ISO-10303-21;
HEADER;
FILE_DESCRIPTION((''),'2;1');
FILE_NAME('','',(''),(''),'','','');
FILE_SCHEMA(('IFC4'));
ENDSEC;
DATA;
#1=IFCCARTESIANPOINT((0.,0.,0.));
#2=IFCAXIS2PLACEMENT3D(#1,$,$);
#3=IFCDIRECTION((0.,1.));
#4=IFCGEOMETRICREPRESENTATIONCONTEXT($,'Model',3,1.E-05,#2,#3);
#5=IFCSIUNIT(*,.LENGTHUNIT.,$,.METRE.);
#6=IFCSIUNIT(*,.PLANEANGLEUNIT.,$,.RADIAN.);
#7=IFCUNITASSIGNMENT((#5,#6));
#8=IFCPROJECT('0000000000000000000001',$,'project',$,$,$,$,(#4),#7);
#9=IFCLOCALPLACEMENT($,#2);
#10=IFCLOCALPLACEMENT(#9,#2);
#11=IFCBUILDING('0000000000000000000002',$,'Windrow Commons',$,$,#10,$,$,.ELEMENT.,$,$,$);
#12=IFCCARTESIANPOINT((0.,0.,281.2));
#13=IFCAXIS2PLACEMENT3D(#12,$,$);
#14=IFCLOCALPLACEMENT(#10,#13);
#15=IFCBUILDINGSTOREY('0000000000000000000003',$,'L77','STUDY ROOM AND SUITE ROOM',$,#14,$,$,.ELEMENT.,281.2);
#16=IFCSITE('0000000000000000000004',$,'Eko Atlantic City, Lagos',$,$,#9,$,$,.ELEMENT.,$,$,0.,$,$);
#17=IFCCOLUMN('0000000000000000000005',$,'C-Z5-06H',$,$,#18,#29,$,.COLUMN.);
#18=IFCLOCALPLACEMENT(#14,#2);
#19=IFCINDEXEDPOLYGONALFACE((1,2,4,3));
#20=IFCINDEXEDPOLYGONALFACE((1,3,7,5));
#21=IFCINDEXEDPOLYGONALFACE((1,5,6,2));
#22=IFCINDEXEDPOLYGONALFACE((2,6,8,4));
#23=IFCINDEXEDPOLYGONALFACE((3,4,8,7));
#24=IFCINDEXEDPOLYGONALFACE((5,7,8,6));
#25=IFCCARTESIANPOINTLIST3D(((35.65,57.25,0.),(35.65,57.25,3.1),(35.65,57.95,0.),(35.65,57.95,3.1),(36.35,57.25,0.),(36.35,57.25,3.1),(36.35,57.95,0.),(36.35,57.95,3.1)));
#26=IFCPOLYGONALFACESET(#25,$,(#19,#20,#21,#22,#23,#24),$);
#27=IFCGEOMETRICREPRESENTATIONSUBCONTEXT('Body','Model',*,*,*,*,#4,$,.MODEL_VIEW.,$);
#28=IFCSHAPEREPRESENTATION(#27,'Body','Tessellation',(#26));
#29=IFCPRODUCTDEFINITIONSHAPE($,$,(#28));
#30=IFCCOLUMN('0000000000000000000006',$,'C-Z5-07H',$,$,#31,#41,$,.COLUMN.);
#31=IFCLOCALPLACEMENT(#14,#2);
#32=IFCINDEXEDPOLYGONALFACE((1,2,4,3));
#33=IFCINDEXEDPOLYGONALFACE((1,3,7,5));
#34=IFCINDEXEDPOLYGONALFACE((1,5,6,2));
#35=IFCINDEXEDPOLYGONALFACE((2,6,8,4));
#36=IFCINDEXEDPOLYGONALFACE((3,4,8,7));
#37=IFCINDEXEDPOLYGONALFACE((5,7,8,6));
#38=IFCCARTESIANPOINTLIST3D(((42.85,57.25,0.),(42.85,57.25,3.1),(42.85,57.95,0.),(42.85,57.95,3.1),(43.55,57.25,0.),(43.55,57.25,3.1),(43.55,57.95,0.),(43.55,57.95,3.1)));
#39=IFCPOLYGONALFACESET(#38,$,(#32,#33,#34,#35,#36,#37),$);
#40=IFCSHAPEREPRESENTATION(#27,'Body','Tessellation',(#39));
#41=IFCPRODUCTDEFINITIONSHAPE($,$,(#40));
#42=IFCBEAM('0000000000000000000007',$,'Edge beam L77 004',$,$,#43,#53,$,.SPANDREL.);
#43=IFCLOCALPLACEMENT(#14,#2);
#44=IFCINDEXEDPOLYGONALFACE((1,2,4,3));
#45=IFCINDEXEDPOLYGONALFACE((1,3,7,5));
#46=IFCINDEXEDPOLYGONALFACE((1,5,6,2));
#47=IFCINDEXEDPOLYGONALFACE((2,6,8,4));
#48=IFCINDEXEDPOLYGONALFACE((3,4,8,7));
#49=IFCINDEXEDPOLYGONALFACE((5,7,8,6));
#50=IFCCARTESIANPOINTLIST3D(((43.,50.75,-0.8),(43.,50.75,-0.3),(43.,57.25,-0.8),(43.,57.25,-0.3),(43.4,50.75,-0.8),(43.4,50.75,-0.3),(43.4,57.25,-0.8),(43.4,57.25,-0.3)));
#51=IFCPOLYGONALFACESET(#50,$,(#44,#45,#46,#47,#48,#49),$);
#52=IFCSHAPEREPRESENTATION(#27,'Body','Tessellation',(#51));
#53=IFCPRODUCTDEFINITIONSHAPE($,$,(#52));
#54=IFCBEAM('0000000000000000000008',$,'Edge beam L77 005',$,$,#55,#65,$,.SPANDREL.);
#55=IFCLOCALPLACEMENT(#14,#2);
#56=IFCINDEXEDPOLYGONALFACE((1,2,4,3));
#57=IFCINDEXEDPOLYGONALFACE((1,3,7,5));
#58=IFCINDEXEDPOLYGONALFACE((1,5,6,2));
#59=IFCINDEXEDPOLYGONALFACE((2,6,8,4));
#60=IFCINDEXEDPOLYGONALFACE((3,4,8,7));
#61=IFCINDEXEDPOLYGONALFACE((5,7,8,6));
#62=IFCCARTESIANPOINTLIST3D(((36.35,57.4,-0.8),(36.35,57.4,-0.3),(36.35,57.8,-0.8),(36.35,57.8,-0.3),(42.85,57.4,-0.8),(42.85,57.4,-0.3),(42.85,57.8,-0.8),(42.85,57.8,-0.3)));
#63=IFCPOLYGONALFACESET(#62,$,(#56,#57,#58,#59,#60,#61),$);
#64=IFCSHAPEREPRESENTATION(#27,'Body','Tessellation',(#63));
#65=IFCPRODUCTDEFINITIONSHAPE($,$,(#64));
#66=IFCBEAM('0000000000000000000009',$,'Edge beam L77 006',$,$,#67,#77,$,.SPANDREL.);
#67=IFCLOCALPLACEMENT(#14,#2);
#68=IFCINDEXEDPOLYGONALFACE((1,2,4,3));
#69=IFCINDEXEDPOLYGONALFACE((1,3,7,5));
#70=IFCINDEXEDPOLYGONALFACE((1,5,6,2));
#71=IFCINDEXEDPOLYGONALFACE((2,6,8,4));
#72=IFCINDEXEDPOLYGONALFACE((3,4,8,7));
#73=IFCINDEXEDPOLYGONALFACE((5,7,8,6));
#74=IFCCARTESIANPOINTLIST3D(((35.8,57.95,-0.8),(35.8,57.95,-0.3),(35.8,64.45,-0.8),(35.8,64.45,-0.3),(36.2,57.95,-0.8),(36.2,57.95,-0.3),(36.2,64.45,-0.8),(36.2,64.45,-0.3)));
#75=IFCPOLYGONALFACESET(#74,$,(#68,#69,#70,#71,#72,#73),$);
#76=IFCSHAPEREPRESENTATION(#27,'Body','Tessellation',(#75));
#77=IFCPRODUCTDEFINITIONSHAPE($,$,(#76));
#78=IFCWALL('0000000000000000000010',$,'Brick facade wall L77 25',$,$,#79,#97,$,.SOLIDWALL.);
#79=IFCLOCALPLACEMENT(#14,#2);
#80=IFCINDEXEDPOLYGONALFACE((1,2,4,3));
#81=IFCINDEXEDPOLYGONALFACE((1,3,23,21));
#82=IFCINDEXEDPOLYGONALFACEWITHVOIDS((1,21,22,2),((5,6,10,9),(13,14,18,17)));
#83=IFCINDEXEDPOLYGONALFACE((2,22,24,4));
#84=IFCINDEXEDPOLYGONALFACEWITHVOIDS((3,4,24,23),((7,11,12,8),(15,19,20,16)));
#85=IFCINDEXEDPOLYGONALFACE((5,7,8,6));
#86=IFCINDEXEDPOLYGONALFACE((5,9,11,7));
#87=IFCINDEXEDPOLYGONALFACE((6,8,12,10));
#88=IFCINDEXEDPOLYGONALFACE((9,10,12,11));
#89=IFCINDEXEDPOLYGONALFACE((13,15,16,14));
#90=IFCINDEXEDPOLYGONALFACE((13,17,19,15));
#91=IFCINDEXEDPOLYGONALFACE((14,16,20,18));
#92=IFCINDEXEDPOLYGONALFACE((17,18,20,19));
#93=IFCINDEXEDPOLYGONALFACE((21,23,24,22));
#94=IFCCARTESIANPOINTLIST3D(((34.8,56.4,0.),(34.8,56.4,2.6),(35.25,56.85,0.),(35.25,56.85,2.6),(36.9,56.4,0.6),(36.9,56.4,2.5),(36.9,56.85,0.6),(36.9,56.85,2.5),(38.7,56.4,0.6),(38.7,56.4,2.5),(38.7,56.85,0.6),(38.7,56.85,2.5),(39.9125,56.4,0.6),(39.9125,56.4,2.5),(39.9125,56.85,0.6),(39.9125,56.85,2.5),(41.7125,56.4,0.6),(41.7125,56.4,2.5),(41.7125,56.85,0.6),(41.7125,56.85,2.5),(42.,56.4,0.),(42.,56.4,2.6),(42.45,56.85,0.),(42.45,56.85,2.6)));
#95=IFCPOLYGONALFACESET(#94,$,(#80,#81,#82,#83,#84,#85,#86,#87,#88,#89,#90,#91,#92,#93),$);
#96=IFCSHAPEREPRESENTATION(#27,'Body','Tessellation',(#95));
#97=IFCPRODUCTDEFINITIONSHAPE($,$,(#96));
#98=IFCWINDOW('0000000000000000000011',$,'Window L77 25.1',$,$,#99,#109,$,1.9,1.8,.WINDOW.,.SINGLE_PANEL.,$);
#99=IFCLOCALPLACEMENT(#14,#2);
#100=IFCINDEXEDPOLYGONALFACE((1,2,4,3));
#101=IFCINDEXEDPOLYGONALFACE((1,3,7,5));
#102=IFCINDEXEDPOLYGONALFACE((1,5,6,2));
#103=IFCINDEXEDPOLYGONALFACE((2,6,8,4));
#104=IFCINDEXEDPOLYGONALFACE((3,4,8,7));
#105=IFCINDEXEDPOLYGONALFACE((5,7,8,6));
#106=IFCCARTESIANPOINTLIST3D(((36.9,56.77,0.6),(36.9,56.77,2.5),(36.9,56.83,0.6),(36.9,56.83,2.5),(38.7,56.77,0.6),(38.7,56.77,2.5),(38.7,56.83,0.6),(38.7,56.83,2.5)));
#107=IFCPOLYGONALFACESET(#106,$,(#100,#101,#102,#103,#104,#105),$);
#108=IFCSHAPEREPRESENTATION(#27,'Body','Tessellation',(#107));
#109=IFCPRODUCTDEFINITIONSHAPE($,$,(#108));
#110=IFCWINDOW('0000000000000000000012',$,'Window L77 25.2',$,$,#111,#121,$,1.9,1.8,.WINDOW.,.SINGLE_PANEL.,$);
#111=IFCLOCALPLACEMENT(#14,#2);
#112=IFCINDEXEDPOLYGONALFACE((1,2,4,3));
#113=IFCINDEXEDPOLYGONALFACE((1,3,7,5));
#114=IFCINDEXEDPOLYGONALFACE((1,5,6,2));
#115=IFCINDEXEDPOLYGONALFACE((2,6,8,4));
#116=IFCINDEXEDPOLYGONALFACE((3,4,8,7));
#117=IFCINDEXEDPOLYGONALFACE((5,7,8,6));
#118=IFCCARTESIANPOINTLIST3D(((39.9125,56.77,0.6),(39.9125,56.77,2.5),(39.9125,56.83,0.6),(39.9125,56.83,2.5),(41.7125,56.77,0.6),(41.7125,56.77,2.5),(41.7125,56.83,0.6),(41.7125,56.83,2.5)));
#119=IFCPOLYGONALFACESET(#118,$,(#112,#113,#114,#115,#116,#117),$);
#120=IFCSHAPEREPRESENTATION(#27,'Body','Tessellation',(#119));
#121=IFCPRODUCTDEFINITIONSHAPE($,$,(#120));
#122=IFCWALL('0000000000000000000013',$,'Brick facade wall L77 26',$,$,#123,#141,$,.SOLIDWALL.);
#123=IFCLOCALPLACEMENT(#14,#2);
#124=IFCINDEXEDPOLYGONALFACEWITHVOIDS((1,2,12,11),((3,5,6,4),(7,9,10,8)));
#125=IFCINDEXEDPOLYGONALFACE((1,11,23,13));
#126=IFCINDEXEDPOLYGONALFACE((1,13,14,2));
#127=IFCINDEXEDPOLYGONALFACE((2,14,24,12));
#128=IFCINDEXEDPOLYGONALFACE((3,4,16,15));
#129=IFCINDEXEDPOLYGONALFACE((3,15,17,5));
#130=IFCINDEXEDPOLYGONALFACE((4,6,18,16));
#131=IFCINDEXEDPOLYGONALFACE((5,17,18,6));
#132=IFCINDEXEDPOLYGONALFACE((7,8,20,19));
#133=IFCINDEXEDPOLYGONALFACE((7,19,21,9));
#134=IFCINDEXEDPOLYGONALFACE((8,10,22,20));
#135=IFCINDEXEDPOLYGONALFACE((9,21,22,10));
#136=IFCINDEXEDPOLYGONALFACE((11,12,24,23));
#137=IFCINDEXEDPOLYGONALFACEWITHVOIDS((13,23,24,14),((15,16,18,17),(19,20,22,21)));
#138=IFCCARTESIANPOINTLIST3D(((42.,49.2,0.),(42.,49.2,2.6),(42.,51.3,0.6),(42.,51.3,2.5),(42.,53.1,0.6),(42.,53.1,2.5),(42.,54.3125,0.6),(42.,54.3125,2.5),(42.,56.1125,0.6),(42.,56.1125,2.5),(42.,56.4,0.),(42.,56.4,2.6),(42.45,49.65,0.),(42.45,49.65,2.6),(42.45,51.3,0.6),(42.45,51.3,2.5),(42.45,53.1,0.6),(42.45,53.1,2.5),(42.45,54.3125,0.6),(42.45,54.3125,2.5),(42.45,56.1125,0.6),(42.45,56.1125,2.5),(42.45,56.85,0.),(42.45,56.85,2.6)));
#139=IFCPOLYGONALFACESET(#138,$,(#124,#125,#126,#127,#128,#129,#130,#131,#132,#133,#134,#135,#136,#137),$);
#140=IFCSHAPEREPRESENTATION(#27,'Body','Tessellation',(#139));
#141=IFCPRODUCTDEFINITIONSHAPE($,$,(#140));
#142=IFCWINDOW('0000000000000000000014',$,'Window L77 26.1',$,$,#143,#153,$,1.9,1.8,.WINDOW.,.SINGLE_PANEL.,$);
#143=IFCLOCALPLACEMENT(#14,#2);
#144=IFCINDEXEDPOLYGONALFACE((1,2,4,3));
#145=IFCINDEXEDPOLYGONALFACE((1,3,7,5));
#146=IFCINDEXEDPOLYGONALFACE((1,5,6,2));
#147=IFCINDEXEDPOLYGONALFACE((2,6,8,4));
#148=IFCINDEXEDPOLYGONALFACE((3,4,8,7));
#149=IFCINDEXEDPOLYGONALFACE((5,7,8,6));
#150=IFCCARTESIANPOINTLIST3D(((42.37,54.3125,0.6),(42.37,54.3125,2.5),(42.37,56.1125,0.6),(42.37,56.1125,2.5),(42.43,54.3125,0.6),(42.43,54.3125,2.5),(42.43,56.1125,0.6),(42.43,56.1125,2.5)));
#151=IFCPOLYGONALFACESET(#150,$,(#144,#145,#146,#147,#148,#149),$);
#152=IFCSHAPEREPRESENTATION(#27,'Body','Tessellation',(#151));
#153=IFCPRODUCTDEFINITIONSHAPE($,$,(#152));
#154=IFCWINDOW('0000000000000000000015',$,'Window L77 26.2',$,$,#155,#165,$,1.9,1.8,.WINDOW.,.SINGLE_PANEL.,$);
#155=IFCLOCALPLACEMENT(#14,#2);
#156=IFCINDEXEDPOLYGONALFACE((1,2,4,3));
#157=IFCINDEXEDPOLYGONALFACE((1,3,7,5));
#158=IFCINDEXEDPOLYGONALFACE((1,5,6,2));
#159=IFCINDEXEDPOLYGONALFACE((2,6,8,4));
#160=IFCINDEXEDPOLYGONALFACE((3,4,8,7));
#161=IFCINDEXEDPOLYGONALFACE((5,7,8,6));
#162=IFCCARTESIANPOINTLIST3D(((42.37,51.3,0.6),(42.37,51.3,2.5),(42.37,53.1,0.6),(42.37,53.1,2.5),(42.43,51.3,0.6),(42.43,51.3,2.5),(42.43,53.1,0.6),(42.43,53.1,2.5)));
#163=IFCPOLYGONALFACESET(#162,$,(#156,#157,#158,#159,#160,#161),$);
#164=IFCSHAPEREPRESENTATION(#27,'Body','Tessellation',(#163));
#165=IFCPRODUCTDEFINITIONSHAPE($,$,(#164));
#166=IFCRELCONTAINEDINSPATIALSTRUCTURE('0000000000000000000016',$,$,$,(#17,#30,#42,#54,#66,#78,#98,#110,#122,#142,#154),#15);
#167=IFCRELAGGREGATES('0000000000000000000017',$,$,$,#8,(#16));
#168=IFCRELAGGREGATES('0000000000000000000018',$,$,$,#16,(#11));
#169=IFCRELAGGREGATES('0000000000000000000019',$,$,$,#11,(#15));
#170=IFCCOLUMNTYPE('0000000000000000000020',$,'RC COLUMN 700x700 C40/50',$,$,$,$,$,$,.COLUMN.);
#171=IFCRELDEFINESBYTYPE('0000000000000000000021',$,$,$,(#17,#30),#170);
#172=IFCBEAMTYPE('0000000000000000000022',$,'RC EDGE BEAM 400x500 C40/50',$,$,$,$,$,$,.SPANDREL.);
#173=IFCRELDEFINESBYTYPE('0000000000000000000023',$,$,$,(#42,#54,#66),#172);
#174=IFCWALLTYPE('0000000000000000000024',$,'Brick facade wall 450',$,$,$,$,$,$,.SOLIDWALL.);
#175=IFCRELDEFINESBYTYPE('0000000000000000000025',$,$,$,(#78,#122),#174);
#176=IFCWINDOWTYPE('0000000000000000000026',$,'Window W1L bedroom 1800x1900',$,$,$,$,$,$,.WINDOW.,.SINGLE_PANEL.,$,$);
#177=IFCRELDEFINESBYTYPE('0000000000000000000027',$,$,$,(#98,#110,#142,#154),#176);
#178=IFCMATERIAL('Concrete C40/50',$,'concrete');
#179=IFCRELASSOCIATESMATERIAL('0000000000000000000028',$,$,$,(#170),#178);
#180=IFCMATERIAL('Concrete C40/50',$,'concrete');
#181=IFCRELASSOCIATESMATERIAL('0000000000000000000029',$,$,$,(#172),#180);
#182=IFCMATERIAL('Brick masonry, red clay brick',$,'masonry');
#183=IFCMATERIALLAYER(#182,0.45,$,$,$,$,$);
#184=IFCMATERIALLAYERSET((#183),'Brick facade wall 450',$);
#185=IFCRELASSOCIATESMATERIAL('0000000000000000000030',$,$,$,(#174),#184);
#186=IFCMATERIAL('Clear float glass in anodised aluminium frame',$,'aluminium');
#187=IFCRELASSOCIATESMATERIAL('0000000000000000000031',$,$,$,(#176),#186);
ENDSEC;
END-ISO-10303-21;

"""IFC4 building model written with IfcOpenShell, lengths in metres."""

from ifc_helpers import new_model, si_unit, direction, frame, frame_2d, origin, origin_2d, place, context, subcontext, project, spatial, polyline, rectangle, outline, extrude, material, layer, layer_set, material_profile, profile_set, type_object, element, fill, save


model = new_model("IFC4")

# Units and contexts
model_context = context("Model", 3, precision=1e-05, world=origin(), true_north=direction((0.0, 1.0)))
body_context = subcontext(model_context, "Body", "Model", "MODEL_VIEW")
ifc_project = project(units=[si_unit("LENGTHUNIT", "METRE"), si_unit("PLANEANGLEUNIT", "RADIAN")], contexts=[model_context])

# Site, building, storey
site_placement = place(None, origin())
site = spatial("IfcSite", under=ifc_project, at=site_placement, Name="Eko Atlantic City, Lagos", CompositionType="ELEMENT", RefElevation=0.0)
building_placement = place(site_placement, origin())
building = spatial("IfcBuilding", under=site, at=building_placement, Name="Windrow Commons", CompositionType="ELEMENT")
storey_placement = place(building_placement, frame((0.0, 0.0, 281.2)))
storey = spatial("IfcBuildingStorey", under=building, at=storey_placement, Name="L77", Description="STUDY ROOM AND SUITE ROOM", CompositionType="ELEMENT", Elevation=281.2)

# Columns
ifc_material_1 = material(Name="Concrete C40/50", Category="concrete")
ifc_material_profile_1 = material_profile(ifc_material_1, rectangle(XDim=0.7, YDim=0.7, at=origin_2d()))
ifc_profile_set_1 = profile_set([ifc_material_profile_1], Name="Concrete C40/50")
column_type = type_object("IfcColumnType", Name="RC COLUMN 700x700 C40/50", PredefinedType="COLUMN", material=ifc_profile_set_1)
for number, where, z_axis, x_axis, name in (
    (1, (36.0, 57.6, 0.0), (0.0, 0.0, 1.0), (1.0, 0.0, 0.0), "C-Z5-06H"),
    (2, (43.2, 57.6, 0.0), (0.0, 0.0, 1.0), (1.0, 0.0, 0.0), "C-Z5-07H"),
):
    element("IfcColumn", number, at=place(storey_placement, frame(where, z_axis=z_axis, x_axis=x_axis)), inside=storey, type_object=column_type, Name=name, PredefinedType="COLUMN", context=body_context, shape_type="SweptSolid", body=[
        extrude(rectangle(XDim=0.7, YDim=0.7, at=origin_2d()), origin(), (0.0, 0.0, 1.0), 3.1),
    ])

# Beams
ifc_material_2 = material(Name="Concrete C40/50", Category="concrete")
ifc_material_profile_2 = material_profile(ifc_material_2, rectangle(XDim=0.4, YDim=0.5, at=origin_2d()))
ifc_profile_set_2 = profile_set([ifc_material_profile_2], Name="Concrete C40/50")
beam_type = type_object("IfcBeamType", Name="RC EDGE BEAM 400x500 C40/50", PredefinedType="SPANDREL", material=ifc_profile_set_2)
for number, where, z_axis, x_axis, name in (
    (3, (43.2, 50.75, -0.55), (0.0, 1.0, 0.0), (-1.0, 0.0, 0.0), "Edge beam L77 004"),
    (4, (42.85, 57.6, -0.55), (-1.0, 0.0, 0.0), (0.0, -1.0, 0.0), "Edge beam L77 005"),
    (5, (36.0, 57.95, -0.55), (0.0, 1.0, 0.0), (-1.0, 0.0, 0.0), "Edge beam L77 006"),
):
    element("IfcBeam", number, at=place(storey_placement, frame(where, z_axis=z_axis, x_axis=x_axis)), inside=storey, type_object=beam_type, Name=name, PredefinedType="SPANDREL", context=body_context, shape_type="SweptSolid", body=[
        extrude(rectangle(XDim=0.4, YDim=0.5, at=origin_2d()), origin(), (0.0, 0.0, 1.0), 6.5),
    ])

# Walls, openings, windows
ifc_material_3 = material(Name="Brick masonry, red clay brick", Category="masonry")
ifc_layer_1 = layer(ifc_material_3, 0.45)
ifc_layer_set_1 = layer_set([ifc_layer_1], Name="Brick facade wall 450")
wall_type_1 = type_object("IfcWallType", Name="Brick facade wall 450", PredefinedType="SOLIDWALL", material=ifc_layer_set_1)
wall_1_placement = place(storey_placement, frame((35.025, 56.625, 0.0), z_axis=(0.0, 0.0, 1.0), x_axis=(1.0, 0.0, 0.0)))
wall_1 = element("IfcWall", 6, at=wall_1_placement, inside=storey, type_object=wall_type_1, Name="Brick facade wall L77 25", PredefinedType="SOLIDWALL", context=body_context, shape_type="SweptSolid", body=[
    extrude(outline(polyline([(-0.225, -0.225), (6.975, -0.225), (7.425, 0.225), (0.225, 0.225), (-0.225, -0.225)])), origin(), (0.0, 0.0, 1.0), 2.6),
])
opening_1_placement = place(wall_1_placement, frame((1.875, 0.0, 0.6)))
opening_1 = element("IfcOpeningElement", 7, at=opening_1_placement, cuts=wall_1, PredefinedType="OPENING", context=body_context, shape_type="SweptSolid", body=[
    extrude(rectangle(XDim=1.8, YDim=1.9, at=frame_2d((0.9, 0.95))), frame((0.0, 0.235, 0.0), z_axis=(0.0, -1.0, 0.0), x_axis=(1.0, 0.0, 0.0)), (0.0, 0.0, 1.0), 0.47),
])
opening_2_placement = place(wall_1_placement, frame((4.8875, 0.0, 0.6)))
opening_2 = element("IfcOpeningElement", 8, at=opening_2_placement, cuts=wall_1, PredefinedType="OPENING", context=body_context, shape_type="SweptSolid", body=[
    extrude(rectangle(XDim=1.8, YDim=1.9, at=frame_2d((0.9, 0.95))), frame((0.0, 0.235, 0.0), z_axis=(0.0, -1.0, 0.0), x_axis=(1.0, 0.0, 0.0)), (0.0, 0.0, 1.0), 0.47),
])
ifc_material_4 = material(Name="Clear float glass in anodised aluminium frame", Category="aluminium")
window_type = type_object("IfcWindowType", Name="Window W1L bedroom 1800x1900", PartitioningType="SINGLE_PANEL", PredefinedType="WINDOW", material=ifc_material_4)
window_1_placement = place(opening_1_placement, origin())
window_1 = element("IfcWindow", 9, at=window_1_placement, inside=storey, type_object=window_type, Name="Window L77 25.1", OverallHeight=1.9, OverallWidth=1.8, PartitioningType="SINGLE_PANEL", PredefinedType="WINDOW", context=body_context, shape_type="SweptSolid", body=[
    extrude(rectangle(XDim=1.8, YDim=1.9, at=frame_2d((0.9, 0.95))), frame((0.0, 0.205, 0.0), z_axis=(0.0, -1.0, 0.0), x_axis=(1.0, 0.0, 0.0)), (0.0, 0.0, 1.0), 0.06),
])
fill(opening_1, window_1)
window_2_placement = place(opening_2_placement, origin())
window_2 = element("IfcWindow", 10, at=window_2_placement, inside=storey, type_object=window_type, Name="Window L77 25.2", OverallHeight=1.9, OverallWidth=1.8, PartitioningType="SINGLE_PANEL", PredefinedType="WINDOW", context=body_context, shape_type="SweptSolid", body=[
    extrude(rectangle(XDim=1.8, YDim=1.9, at=frame_2d((0.9, 0.95))), frame((0.0, 0.205, 0.0), z_axis=(0.0, -1.0, 0.0), x_axis=(1.0, 0.0, 0.0)), (0.0, 0.0, 1.0), 0.06),
])
fill(opening_2, window_2)
wall_2_placement = place(storey_placement, frame((42.225, 56.625, 0.0), z_axis=(0.0, 0.0, 1.0), x_axis=(0.0, -1.0, 0.0)))
wall_2 = element("IfcWall", 11, at=wall_2_placement, inside=storey, type_object=wall_type_1, Name="Brick facade wall L77 26", PredefinedType="SOLIDWALL", context=body_context, shape_type="SweptSolid", body=[
    extrude(outline(polyline([(0.225, -0.225), (7.425, -0.225), (6.975, 0.225), (-0.225, 0.225), (0.225, -0.225)])), origin(), (0.0, 0.0, 1.0), 2.6),
])
opening_3_placement = place(wall_2_placement, frame((0.5125, 0.0, 0.6)))
opening_3 = element("IfcOpeningElement", 12, at=opening_3_placement, cuts=wall_2, PredefinedType="OPENING", context=body_context, shape_type="SweptSolid", body=[
    extrude(rectangle(XDim=1.8, YDim=1.9, at=frame_2d((0.9, 0.95))), frame((0.0, 0.235, 0.0), z_axis=(0.0, -1.0, 0.0), x_axis=(1.0, 0.0, 0.0)), (0.0, 0.0, 1.0), 0.47),
])
opening_4_placement = place(wall_2_placement, frame((3.525, 0.0, 0.6)))
opening_4 = element("IfcOpeningElement", 13, at=opening_4_placement, cuts=wall_2, PredefinedType="OPENING", context=body_context, shape_type="SweptSolid", body=[
    extrude(rectangle(XDim=1.8, YDim=1.9, at=frame_2d((0.9, 0.95))), frame((0.0, 0.235, 0.0), z_axis=(0.0, -1.0, 0.0), x_axis=(1.0, 0.0, 0.0)), (0.0, 0.0, 1.0), 0.47),
])
window_3_placement = place(opening_3_placement, origin())
window_3 = element("IfcWindow", 14, at=window_3_placement, inside=storey, type_object=window_type, Name="Window L77 26.1", OverallHeight=1.9, OverallWidth=1.8, PartitioningType="SINGLE_PANEL", PredefinedType="WINDOW", context=body_context, shape_type="SweptSolid", body=[
    extrude(rectangle(XDim=1.8, YDim=1.9, at=frame_2d((0.9, 0.95))), frame((0.0, 0.205, 0.0), z_axis=(0.0, -1.0, 0.0), x_axis=(1.0, 0.0, 0.0)), (0.0, 0.0, 1.0), 0.06),
])
fill(opening_3, window_3)
window_4_placement = place(opening_4_placement, origin())
window_4 = element("IfcWindow", 15, at=window_4_placement, inside=storey, type_object=window_type, Name="Window L77 26.2", OverallHeight=1.9, OverallWidth=1.8, PartitioningType="SINGLE_PANEL", PredefinedType="WINDOW", context=body_context, shape_type="SweptSolid", body=[
    extrude(rectangle(XDim=1.8, YDim=1.9, at=frame_2d((0.9, 0.95))), frame((0.0, 0.205, 0.0), z_axis=(0.0, -1.0, 0.0), x_axis=(1.0, 0.0, 0.0)), (0.0, 0.0, 1.0), 0.06),
])
fill(opening_4, window_4)

save(model, "model.ifc")
